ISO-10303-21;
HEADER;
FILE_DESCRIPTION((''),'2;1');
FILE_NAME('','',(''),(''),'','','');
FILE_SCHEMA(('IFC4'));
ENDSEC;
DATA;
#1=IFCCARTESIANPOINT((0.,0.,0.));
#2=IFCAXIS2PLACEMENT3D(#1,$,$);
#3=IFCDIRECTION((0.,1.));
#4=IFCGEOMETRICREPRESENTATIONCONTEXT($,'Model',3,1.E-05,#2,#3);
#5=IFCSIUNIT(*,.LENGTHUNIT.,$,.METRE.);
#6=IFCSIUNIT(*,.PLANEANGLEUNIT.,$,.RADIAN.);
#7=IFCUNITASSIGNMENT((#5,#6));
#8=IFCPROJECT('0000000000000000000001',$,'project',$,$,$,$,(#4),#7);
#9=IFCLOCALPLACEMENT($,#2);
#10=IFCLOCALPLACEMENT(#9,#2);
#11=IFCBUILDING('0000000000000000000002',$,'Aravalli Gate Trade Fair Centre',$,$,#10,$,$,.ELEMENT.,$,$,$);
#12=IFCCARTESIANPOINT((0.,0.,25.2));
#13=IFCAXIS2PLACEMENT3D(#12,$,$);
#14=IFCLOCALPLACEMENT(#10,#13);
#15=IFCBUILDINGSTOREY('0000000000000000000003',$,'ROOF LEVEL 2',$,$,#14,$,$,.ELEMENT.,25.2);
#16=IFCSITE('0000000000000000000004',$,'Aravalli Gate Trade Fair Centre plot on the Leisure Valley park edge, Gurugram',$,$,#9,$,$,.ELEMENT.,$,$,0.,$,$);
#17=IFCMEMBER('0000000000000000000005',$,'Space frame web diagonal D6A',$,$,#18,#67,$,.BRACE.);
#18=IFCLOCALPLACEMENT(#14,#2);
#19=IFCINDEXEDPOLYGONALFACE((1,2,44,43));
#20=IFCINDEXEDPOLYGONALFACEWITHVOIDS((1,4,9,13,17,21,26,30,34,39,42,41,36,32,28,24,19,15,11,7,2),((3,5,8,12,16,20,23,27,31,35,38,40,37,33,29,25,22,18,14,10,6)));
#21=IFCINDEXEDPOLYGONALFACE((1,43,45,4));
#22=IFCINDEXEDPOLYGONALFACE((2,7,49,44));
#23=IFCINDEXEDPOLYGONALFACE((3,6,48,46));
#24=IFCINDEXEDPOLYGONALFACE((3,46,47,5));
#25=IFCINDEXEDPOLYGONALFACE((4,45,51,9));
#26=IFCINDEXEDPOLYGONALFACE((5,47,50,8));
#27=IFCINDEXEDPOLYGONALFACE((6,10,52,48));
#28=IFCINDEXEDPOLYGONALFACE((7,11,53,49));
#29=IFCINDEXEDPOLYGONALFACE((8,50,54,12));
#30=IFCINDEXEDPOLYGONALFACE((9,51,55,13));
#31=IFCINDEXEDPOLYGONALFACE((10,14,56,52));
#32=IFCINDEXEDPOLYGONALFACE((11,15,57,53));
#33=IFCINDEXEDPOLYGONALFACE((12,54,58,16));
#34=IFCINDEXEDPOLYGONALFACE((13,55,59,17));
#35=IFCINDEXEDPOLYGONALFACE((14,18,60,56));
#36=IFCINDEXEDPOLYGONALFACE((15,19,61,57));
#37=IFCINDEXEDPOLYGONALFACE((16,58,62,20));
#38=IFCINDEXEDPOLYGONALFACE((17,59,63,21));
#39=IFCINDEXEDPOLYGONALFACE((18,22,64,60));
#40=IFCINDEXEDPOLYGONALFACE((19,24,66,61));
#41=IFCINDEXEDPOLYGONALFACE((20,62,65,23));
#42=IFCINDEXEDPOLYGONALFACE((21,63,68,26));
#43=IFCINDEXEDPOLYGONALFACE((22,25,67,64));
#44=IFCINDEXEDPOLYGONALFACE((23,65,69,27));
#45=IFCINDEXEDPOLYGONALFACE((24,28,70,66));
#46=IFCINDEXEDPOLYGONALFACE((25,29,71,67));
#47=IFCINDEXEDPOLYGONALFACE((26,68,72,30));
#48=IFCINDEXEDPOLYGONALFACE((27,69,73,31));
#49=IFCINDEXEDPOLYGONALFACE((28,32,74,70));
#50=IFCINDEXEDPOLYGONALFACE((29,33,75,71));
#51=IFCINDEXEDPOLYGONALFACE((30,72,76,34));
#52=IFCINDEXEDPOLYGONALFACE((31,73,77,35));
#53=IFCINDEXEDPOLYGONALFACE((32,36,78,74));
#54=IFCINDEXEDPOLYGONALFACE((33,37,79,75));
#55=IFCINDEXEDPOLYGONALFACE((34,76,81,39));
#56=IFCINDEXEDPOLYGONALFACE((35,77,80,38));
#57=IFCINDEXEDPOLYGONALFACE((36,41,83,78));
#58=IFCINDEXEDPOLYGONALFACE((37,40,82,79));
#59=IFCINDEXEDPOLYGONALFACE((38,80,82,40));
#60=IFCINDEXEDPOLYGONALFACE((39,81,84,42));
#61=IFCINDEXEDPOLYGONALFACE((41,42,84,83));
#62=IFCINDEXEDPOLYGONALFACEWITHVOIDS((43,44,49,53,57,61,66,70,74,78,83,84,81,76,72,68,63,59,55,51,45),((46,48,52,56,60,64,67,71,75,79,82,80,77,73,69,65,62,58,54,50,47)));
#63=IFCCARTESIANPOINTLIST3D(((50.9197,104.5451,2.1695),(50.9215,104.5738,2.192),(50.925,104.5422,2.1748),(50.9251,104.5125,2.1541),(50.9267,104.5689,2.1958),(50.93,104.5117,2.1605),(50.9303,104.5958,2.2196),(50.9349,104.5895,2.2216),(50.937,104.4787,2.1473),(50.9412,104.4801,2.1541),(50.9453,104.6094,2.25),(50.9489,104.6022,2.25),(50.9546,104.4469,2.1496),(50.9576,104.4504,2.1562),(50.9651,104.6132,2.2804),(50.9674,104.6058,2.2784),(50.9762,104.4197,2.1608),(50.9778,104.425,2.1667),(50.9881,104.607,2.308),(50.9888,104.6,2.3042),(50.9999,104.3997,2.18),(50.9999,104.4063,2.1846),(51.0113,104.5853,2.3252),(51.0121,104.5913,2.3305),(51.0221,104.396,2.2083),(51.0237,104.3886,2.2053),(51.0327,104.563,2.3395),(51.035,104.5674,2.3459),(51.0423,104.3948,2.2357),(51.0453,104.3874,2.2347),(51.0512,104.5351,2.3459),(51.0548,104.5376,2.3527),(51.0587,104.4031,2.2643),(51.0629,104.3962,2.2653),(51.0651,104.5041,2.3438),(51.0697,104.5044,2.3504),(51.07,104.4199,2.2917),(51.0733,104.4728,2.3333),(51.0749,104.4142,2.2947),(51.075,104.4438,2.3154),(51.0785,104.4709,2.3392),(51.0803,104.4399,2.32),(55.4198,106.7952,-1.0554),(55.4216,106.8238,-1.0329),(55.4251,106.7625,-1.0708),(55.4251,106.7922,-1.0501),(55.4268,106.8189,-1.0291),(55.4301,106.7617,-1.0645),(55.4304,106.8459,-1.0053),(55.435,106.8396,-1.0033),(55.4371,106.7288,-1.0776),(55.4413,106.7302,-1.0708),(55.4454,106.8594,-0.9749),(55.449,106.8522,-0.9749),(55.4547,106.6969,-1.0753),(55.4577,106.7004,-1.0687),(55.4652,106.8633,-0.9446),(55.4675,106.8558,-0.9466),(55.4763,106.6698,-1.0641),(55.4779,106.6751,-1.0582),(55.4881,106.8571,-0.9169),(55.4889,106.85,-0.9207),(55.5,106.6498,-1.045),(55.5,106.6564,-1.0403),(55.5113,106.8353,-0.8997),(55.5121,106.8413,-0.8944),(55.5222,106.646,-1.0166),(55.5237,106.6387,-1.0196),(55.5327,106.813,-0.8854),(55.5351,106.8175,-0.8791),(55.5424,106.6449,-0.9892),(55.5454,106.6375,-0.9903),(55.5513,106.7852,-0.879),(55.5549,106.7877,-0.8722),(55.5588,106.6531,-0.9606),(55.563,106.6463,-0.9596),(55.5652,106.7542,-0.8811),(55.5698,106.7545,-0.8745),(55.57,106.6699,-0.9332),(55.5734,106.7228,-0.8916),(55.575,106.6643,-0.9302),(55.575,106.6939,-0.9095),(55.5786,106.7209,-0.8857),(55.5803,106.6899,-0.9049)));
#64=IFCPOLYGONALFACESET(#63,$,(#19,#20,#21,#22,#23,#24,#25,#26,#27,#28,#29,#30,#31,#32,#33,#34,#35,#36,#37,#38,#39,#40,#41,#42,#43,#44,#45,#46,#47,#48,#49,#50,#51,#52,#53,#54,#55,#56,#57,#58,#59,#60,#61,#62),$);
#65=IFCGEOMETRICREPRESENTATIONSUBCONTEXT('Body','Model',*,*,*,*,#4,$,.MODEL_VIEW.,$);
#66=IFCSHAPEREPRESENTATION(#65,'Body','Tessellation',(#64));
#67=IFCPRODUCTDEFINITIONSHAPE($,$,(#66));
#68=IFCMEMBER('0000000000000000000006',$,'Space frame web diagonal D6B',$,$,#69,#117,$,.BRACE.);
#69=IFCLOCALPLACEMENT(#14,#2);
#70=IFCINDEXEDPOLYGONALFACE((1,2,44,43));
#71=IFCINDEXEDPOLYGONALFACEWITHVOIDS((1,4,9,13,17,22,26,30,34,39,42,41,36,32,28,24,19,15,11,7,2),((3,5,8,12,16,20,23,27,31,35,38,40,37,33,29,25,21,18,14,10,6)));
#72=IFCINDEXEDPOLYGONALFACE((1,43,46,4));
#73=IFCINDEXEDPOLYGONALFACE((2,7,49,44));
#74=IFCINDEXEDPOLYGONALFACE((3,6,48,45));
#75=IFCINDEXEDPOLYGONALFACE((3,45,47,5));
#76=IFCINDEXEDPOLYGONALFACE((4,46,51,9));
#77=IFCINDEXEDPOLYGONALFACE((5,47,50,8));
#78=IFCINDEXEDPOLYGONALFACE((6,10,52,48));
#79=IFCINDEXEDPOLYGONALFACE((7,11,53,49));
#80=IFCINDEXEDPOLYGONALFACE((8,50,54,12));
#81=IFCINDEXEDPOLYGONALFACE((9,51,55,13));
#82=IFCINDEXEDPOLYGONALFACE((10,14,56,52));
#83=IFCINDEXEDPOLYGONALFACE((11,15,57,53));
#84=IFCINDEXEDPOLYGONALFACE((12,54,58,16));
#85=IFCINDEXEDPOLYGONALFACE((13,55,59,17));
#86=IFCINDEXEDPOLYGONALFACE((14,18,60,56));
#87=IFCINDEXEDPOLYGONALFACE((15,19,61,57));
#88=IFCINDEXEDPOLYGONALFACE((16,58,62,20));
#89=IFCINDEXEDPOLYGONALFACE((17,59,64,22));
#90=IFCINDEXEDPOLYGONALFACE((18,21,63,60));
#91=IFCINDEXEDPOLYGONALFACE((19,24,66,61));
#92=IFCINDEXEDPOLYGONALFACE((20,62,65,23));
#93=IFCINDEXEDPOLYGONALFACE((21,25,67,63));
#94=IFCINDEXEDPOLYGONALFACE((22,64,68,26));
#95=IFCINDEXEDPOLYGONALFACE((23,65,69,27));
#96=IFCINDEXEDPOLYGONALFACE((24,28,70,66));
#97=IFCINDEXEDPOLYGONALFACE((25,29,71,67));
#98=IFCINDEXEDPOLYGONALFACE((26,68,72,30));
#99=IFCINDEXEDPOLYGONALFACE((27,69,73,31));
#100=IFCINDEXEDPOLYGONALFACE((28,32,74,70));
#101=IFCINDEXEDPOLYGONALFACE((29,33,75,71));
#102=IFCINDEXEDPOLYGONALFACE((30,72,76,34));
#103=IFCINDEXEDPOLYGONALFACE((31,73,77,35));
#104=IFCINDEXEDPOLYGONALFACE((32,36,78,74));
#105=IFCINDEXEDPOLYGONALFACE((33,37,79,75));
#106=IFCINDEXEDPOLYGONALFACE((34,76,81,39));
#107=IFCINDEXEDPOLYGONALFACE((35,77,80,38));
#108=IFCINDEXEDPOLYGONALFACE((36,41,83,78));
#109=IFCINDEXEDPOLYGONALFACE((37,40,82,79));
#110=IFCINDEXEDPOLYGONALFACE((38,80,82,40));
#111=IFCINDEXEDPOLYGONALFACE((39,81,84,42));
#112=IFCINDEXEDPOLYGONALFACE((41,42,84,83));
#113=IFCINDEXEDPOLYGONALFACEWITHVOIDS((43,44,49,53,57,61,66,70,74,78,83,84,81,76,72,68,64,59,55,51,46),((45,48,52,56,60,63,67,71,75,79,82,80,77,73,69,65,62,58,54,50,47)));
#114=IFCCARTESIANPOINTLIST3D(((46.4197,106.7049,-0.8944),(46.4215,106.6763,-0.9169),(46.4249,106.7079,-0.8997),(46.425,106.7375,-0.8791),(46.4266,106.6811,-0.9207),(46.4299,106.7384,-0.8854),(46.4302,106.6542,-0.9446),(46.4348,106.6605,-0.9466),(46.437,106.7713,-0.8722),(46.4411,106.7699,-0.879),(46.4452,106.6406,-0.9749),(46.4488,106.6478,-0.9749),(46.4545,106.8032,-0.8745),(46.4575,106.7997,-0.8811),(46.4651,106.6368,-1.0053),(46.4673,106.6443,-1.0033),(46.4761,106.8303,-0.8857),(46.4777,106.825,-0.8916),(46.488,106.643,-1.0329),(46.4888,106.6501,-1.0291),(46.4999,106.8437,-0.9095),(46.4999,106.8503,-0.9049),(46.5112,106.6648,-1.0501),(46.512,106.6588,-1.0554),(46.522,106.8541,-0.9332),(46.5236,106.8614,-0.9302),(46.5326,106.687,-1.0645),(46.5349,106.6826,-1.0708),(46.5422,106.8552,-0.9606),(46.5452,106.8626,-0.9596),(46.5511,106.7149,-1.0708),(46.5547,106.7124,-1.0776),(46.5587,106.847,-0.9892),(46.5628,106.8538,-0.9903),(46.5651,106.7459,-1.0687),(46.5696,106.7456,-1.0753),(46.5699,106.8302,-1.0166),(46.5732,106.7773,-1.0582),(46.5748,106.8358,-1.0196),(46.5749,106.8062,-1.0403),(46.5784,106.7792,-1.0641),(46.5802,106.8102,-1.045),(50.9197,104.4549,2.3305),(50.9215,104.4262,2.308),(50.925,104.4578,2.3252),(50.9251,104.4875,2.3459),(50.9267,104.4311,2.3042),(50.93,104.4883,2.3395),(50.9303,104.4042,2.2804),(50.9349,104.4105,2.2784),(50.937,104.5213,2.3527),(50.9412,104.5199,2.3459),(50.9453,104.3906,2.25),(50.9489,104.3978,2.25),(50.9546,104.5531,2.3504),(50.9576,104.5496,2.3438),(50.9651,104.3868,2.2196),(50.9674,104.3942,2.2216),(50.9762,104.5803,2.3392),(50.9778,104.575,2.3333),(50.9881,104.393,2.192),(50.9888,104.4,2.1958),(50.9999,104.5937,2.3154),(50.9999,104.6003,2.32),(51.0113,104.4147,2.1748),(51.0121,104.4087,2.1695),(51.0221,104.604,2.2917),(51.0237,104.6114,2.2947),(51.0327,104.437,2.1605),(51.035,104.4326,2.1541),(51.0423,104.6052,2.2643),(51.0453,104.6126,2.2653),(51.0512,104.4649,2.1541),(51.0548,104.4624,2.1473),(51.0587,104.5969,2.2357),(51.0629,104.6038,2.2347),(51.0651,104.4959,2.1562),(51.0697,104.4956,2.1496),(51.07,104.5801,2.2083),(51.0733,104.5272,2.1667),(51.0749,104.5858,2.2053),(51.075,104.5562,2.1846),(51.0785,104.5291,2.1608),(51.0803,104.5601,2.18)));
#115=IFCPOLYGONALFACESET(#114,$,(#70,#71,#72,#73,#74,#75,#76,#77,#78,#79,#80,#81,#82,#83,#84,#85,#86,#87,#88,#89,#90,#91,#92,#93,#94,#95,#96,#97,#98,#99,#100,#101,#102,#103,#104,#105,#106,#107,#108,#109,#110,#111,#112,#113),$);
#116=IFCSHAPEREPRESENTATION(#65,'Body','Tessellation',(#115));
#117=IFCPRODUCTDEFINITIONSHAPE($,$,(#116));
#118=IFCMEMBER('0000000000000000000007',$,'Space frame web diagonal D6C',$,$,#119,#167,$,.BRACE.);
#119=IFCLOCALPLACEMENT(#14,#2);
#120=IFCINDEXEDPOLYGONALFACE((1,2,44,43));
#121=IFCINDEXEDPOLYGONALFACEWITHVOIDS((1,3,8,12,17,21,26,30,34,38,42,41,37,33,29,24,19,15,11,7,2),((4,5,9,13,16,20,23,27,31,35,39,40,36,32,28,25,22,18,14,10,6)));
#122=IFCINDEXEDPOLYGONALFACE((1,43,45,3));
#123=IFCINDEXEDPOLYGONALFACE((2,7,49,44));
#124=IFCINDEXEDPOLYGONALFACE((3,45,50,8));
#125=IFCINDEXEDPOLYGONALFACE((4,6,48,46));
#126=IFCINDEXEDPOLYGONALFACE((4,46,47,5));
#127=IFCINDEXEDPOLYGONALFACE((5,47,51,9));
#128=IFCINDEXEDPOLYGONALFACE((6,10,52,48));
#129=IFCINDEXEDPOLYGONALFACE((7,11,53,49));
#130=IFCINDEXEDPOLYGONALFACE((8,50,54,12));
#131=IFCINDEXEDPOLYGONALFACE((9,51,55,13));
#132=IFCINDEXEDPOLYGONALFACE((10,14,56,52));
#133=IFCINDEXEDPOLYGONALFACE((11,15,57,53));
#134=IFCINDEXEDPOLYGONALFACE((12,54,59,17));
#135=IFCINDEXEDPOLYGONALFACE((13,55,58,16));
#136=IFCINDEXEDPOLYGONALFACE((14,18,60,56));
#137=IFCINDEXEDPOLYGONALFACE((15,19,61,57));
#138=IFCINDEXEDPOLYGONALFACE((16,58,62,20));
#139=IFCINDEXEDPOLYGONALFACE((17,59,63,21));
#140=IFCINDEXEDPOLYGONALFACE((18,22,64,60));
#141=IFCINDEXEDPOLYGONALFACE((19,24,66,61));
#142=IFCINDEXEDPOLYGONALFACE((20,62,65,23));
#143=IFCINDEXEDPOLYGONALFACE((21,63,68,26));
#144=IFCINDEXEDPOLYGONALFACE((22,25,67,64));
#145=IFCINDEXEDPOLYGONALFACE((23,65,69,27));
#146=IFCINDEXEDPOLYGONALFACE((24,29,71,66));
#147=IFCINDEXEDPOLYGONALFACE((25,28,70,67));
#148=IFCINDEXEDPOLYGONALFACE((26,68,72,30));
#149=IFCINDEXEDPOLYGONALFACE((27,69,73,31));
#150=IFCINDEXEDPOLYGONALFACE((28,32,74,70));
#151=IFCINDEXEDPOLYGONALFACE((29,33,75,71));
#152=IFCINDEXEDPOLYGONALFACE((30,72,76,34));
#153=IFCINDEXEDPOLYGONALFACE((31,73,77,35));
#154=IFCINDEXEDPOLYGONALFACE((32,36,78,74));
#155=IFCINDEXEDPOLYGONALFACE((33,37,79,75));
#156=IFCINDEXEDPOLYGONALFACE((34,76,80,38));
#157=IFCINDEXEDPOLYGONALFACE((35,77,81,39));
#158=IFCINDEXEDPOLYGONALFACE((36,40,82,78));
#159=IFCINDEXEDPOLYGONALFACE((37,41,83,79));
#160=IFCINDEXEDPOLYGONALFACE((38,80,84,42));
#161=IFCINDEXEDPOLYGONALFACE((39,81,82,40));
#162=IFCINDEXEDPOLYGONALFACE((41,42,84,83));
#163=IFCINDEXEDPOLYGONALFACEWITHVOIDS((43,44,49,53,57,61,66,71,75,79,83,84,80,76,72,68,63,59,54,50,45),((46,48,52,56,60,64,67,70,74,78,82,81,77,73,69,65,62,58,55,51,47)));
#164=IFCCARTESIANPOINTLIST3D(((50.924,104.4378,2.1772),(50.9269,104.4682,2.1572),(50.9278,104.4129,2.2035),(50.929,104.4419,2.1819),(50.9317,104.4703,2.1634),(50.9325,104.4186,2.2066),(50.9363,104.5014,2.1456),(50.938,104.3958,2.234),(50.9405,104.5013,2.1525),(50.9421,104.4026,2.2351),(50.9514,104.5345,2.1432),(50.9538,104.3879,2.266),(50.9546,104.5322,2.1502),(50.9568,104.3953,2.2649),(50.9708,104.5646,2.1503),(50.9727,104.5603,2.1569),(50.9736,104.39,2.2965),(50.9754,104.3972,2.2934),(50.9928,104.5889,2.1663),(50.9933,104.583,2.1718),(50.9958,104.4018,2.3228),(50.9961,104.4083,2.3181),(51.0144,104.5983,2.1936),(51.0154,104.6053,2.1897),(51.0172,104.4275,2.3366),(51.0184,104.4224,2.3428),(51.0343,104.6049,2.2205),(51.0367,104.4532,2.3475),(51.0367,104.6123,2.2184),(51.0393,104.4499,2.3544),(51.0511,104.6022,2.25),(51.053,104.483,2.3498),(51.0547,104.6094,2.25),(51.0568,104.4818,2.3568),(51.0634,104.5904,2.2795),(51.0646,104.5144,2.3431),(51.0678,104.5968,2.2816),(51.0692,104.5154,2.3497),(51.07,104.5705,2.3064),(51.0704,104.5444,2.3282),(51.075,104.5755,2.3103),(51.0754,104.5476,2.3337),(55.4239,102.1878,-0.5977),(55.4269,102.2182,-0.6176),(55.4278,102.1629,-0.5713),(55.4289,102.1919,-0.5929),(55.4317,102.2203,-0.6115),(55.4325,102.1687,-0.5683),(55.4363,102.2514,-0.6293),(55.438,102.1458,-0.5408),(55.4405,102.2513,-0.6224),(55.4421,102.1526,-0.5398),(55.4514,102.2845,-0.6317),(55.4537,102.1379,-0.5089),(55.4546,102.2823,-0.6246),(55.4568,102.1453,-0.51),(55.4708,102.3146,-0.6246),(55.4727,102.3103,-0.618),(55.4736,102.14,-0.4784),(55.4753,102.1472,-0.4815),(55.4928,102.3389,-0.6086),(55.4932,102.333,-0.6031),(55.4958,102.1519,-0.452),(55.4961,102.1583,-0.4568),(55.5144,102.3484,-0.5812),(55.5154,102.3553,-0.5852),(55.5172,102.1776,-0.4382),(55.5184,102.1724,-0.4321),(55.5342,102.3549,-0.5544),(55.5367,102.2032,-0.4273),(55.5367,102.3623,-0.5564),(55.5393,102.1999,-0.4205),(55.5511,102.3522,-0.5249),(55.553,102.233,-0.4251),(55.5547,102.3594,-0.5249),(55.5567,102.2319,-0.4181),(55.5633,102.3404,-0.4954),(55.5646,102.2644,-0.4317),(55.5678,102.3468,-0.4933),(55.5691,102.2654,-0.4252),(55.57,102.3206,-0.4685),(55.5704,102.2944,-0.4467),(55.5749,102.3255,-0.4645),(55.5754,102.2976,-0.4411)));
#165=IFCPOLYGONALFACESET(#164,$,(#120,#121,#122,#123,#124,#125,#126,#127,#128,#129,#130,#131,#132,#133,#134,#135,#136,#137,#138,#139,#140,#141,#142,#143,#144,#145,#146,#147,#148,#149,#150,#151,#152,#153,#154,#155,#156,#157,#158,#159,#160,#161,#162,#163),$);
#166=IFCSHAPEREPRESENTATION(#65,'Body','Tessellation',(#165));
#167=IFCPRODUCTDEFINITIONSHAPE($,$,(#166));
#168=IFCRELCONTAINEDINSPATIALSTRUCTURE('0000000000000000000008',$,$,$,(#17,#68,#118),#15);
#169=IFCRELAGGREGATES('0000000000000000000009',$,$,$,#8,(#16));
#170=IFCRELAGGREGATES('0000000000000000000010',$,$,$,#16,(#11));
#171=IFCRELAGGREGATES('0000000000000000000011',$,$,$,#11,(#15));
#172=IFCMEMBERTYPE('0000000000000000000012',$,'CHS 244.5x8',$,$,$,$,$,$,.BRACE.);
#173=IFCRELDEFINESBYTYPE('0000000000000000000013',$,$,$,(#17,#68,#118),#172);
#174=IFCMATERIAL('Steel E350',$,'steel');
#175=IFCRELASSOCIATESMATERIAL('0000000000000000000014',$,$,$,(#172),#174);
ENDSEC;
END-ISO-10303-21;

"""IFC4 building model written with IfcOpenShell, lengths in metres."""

from ifc_helpers import new_model, si_unit, direction, frame, origin, origin_2d, place, context, subcontext, project, spatial, hollow_circle, extrude, material, material_profile, profile_set, type_object, element, save


model = new_model("IFC4")

# Units and contexts
model_context = context("Model", 3, precision=1e-05, world=origin(), true_north=direction((0.0, 1.0)))
body_context = subcontext(model_context, "Body", "Model", "MODEL_VIEW")
ifc_project = project(units=[si_unit("LENGTHUNIT", "METRE"), si_unit("PLANEANGLEUNIT", "RADIAN")], contexts=[model_context])

# Site, building, storey
site_placement = place(None, origin())
site = spatial("IfcSite", under=ifc_project, at=site_placement, Name="Aravalli Gate Trade Fair Centre plot on the Leisure Valley park edge, Gurugram", CompositionType="ELEMENT", RefElevation=0.0)
building_placement = place(site_placement, origin())
building = spatial("IfcBuilding", under=site, at=building_placement, Name="Aravalli Gate Trade Fair Centre", CompositionType="ELEMENT")
storey_placement = place(building_placement, frame((0.0, 0.0, 25.2)))
storey = spatial("IfcBuildingStorey", under=building, at=storey_placement, Name="ROOF LEVEL 2", CompositionType="ELEMENT", Elevation=25.2)

# Members
ifc_material_1 = material(Name="Steel E350", Category="steel")
ifc_material_profile_1 = material_profile(ifc_material_1, hollow_circle(Radius=0.1223, WallThickness=0.0081, at=origin_2d()), Name="CHS 244.5x8")
ifc_profile_set_1 = profile_set([ifc_material_profile_1], Name="Steel E350")
member_type_1 = type_object("IfcMemberType", Name="CHS 244.5x8", PredefinedType="BRACE", material=ifc_profile_set_1)
for number, where, z_axis, x_axis, name in (
    (1, (51.0, 104.5, 2.25), (0.753016, 0.376508, -0.539637), (-0.447214, 0.894427, 0.0), "Space frame web diagonal D6A"),
    (2, (51.0, 104.5, 2.25), (-0.753016, 0.376508, -0.539637), (-0.447214, -0.894427, 0.0), "Space frame web diagonal D6B"),
):
    element("IfcMember", number, at=place(storey_placement, frame(where, z_axis=z_axis, x_axis=x_axis)), inside=storey, type_object=member_type_1, Name=name, PredefinedType="BRACE", context=body_context, shape_type="SweptSolid", body=[
        extrude(hollow_circle(Radius=0.1223, WallThickness=0.0081, at=origin_2d()), origin(), (0.0, 0.0, 1.0), 5.9761),
    ])
for number, where, z_axis, x_axis, name in (
    (3, (51.0, 104.5, 2.25), (0.7832, -0.3916, -0.482956), (0.447214, 0.894427, 0.0), "Space frame web diagonal D6C"),
):
    element("IfcMember", number, at=place(storey_placement, frame(where, z_axis=z_axis, x_axis=x_axis)), inside=storey, type_object=member_type_1, Name=name, PredefinedType="BRACE", context=body_context, shape_type="SweptSolid", body=[
        extrude(hollow_circle(Radius=0.1223, WallThickness=0.0081, at=origin_2d()), origin(), (0.0, 0.0, 1.0), 5.7456),
    ])

save(model, "model.ifc")
